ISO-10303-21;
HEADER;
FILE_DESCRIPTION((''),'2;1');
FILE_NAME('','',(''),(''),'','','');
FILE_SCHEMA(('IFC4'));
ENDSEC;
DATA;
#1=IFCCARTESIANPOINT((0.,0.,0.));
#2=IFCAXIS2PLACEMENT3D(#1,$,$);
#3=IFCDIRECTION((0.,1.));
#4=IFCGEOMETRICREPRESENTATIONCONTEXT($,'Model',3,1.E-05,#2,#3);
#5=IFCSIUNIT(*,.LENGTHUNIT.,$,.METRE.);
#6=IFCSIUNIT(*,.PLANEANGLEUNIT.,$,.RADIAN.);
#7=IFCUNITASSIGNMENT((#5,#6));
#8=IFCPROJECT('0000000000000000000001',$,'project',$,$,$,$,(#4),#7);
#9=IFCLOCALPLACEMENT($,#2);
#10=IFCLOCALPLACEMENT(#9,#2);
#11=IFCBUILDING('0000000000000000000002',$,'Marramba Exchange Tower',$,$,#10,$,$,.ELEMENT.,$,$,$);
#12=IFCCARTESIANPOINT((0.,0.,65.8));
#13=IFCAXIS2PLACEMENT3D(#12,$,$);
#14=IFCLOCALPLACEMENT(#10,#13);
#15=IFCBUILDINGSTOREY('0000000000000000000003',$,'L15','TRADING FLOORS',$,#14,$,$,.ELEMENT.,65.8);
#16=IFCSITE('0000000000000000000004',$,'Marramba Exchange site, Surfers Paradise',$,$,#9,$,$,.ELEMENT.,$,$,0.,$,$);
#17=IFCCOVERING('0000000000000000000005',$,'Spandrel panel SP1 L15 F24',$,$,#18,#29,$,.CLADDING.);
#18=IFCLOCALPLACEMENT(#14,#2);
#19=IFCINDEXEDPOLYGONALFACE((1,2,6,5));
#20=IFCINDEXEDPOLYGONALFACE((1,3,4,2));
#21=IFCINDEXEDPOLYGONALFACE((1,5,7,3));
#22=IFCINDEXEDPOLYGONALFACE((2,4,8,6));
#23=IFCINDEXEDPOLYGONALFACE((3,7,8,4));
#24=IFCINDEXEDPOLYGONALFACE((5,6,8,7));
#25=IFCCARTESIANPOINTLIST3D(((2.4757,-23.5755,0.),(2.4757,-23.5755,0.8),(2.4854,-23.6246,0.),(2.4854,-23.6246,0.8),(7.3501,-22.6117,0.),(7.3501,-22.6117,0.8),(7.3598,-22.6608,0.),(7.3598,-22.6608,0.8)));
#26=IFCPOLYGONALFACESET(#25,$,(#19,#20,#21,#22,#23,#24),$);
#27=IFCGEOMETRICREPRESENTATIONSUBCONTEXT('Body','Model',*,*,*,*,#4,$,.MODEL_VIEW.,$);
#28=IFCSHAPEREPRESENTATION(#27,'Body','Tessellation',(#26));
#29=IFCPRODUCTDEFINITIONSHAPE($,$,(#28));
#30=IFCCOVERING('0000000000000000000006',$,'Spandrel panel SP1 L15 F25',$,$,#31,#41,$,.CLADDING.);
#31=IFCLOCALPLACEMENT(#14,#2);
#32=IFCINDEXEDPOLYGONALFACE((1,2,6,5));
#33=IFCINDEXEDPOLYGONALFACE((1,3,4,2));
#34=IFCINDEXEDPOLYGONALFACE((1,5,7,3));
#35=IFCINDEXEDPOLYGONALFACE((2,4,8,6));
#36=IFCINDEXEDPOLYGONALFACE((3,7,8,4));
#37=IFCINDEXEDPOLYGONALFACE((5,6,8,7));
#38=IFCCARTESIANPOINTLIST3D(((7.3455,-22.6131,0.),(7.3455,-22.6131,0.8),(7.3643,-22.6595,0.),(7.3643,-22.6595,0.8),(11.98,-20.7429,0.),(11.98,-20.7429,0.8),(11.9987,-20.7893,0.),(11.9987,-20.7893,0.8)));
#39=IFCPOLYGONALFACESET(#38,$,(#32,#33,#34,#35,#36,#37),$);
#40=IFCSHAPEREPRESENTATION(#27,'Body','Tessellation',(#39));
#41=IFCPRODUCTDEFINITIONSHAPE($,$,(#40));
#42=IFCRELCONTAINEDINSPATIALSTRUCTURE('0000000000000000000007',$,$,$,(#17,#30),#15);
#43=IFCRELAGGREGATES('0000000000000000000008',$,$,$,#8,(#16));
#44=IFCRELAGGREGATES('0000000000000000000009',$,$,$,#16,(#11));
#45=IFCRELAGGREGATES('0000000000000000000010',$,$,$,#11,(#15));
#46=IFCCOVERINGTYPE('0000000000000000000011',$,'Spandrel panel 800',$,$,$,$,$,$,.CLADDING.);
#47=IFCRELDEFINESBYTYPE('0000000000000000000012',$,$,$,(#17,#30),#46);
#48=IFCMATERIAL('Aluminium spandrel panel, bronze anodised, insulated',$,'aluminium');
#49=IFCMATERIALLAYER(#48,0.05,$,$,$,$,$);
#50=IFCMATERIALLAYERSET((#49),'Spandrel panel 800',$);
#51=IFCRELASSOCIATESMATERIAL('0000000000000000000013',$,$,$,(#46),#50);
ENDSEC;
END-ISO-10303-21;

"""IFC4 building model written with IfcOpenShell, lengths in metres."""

from ifc_helpers import new_model, si_unit, direction, frame, origin, origin_2d, place, context, subcontext, project, spatial, rectangle, extrude, material, layer, layer_set, type_object, element, save


model = new_model("IFC4")

# Units and contexts
model_context = context("Model", 3, precision=1e-05, world=origin(), true_north=direction((0.0, 1.0)))
body_context = subcontext(model_context, "Body", "Model", "MODEL_VIEW")
ifc_project = project(units=[si_unit("LENGTHUNIT", "METRE"), si_unit("PLANEANGLEUNIT", "RADIAN")], contexts=[model_context])

# Site, building, storey
site_placement = place(None, origin())
site = spatial("IfcSite", under=ifc_project, at=site_placement, Name="Marramba Exchange site, Surfers Paradise", CompositionType="ELEMENT", RefElevation=0.0)
building_placement = place(site_placement, origin())
building = spatial("IfcBuilding", under=site, at=building_placement, Name="Marramba Exchange Tower", CompositionType="ELEMENT")
storey_placement = place(building_placement, frame((0.0, 0.0, 65.8)))
storey = spatial("IfcBuildingStorey", under=building, at=storey_placement, Name="L15", Description="TRADING FLOORS", CompositionType="ELEMENT", Elevation=65.8)

# Coverings
ifc_material_1 = material(Name="Aluminium spandrel panel, bronze anodised, insulated", Category="aluminium")
ifc_layer_1 = layer(ifc_material_1, 0.05)
ifc_layer_set_1 = layer_set([ifc_layer_1], Name="Spandrel panel 800")
covering_type = type_object("IfcCoveringType", Name="Spandrel panel 800", PredefinedType="CLADDING", material=ifc_layer_set_1)
covering_1_placement = place(storey_placement, frame((4.9177, -23.1182, 0.0), z_axis=(0.0, 0.0, 1.0), x_axis=(0.981009, 0.193961, 0.0)))
element("IfcCovering", 1, at=covering_1_placement, inside=storey, type_object=covering_type, Name="Spandrel panel SP1 L15 F24", PredefinedType="CLADDING", context=body_context, shape_type="SweptSolid", body=[
    extrude(rectangle(XDim=4.9688, YDim=0.05, at=origin_2d()), origin(), (0.0, 0.0, 1.0), 0.8),
])
covering_2_placement = place(storey_placement, frame((9.6721, -21.7012, 0.0), z_axis=(0.0, 0.0, 1.0), x_axis=(0.927341, 0.374218, 0.0)))
element("IfcCovering", 2, at=covering_2_placement, inside=storey, type_object=covering_type, Name="Spandrel panel SP1 L15 F25", PredefinedType="CLADDING", context=body_context, shape_type="SweptSolid", body=[
    extrude(rectangle(XDim=4.9976, YDim=0.05, at=origin_2d()), origin(), (0.0, 0.0, 1.0), 0.8),
])

save(model, "model.ifc")
